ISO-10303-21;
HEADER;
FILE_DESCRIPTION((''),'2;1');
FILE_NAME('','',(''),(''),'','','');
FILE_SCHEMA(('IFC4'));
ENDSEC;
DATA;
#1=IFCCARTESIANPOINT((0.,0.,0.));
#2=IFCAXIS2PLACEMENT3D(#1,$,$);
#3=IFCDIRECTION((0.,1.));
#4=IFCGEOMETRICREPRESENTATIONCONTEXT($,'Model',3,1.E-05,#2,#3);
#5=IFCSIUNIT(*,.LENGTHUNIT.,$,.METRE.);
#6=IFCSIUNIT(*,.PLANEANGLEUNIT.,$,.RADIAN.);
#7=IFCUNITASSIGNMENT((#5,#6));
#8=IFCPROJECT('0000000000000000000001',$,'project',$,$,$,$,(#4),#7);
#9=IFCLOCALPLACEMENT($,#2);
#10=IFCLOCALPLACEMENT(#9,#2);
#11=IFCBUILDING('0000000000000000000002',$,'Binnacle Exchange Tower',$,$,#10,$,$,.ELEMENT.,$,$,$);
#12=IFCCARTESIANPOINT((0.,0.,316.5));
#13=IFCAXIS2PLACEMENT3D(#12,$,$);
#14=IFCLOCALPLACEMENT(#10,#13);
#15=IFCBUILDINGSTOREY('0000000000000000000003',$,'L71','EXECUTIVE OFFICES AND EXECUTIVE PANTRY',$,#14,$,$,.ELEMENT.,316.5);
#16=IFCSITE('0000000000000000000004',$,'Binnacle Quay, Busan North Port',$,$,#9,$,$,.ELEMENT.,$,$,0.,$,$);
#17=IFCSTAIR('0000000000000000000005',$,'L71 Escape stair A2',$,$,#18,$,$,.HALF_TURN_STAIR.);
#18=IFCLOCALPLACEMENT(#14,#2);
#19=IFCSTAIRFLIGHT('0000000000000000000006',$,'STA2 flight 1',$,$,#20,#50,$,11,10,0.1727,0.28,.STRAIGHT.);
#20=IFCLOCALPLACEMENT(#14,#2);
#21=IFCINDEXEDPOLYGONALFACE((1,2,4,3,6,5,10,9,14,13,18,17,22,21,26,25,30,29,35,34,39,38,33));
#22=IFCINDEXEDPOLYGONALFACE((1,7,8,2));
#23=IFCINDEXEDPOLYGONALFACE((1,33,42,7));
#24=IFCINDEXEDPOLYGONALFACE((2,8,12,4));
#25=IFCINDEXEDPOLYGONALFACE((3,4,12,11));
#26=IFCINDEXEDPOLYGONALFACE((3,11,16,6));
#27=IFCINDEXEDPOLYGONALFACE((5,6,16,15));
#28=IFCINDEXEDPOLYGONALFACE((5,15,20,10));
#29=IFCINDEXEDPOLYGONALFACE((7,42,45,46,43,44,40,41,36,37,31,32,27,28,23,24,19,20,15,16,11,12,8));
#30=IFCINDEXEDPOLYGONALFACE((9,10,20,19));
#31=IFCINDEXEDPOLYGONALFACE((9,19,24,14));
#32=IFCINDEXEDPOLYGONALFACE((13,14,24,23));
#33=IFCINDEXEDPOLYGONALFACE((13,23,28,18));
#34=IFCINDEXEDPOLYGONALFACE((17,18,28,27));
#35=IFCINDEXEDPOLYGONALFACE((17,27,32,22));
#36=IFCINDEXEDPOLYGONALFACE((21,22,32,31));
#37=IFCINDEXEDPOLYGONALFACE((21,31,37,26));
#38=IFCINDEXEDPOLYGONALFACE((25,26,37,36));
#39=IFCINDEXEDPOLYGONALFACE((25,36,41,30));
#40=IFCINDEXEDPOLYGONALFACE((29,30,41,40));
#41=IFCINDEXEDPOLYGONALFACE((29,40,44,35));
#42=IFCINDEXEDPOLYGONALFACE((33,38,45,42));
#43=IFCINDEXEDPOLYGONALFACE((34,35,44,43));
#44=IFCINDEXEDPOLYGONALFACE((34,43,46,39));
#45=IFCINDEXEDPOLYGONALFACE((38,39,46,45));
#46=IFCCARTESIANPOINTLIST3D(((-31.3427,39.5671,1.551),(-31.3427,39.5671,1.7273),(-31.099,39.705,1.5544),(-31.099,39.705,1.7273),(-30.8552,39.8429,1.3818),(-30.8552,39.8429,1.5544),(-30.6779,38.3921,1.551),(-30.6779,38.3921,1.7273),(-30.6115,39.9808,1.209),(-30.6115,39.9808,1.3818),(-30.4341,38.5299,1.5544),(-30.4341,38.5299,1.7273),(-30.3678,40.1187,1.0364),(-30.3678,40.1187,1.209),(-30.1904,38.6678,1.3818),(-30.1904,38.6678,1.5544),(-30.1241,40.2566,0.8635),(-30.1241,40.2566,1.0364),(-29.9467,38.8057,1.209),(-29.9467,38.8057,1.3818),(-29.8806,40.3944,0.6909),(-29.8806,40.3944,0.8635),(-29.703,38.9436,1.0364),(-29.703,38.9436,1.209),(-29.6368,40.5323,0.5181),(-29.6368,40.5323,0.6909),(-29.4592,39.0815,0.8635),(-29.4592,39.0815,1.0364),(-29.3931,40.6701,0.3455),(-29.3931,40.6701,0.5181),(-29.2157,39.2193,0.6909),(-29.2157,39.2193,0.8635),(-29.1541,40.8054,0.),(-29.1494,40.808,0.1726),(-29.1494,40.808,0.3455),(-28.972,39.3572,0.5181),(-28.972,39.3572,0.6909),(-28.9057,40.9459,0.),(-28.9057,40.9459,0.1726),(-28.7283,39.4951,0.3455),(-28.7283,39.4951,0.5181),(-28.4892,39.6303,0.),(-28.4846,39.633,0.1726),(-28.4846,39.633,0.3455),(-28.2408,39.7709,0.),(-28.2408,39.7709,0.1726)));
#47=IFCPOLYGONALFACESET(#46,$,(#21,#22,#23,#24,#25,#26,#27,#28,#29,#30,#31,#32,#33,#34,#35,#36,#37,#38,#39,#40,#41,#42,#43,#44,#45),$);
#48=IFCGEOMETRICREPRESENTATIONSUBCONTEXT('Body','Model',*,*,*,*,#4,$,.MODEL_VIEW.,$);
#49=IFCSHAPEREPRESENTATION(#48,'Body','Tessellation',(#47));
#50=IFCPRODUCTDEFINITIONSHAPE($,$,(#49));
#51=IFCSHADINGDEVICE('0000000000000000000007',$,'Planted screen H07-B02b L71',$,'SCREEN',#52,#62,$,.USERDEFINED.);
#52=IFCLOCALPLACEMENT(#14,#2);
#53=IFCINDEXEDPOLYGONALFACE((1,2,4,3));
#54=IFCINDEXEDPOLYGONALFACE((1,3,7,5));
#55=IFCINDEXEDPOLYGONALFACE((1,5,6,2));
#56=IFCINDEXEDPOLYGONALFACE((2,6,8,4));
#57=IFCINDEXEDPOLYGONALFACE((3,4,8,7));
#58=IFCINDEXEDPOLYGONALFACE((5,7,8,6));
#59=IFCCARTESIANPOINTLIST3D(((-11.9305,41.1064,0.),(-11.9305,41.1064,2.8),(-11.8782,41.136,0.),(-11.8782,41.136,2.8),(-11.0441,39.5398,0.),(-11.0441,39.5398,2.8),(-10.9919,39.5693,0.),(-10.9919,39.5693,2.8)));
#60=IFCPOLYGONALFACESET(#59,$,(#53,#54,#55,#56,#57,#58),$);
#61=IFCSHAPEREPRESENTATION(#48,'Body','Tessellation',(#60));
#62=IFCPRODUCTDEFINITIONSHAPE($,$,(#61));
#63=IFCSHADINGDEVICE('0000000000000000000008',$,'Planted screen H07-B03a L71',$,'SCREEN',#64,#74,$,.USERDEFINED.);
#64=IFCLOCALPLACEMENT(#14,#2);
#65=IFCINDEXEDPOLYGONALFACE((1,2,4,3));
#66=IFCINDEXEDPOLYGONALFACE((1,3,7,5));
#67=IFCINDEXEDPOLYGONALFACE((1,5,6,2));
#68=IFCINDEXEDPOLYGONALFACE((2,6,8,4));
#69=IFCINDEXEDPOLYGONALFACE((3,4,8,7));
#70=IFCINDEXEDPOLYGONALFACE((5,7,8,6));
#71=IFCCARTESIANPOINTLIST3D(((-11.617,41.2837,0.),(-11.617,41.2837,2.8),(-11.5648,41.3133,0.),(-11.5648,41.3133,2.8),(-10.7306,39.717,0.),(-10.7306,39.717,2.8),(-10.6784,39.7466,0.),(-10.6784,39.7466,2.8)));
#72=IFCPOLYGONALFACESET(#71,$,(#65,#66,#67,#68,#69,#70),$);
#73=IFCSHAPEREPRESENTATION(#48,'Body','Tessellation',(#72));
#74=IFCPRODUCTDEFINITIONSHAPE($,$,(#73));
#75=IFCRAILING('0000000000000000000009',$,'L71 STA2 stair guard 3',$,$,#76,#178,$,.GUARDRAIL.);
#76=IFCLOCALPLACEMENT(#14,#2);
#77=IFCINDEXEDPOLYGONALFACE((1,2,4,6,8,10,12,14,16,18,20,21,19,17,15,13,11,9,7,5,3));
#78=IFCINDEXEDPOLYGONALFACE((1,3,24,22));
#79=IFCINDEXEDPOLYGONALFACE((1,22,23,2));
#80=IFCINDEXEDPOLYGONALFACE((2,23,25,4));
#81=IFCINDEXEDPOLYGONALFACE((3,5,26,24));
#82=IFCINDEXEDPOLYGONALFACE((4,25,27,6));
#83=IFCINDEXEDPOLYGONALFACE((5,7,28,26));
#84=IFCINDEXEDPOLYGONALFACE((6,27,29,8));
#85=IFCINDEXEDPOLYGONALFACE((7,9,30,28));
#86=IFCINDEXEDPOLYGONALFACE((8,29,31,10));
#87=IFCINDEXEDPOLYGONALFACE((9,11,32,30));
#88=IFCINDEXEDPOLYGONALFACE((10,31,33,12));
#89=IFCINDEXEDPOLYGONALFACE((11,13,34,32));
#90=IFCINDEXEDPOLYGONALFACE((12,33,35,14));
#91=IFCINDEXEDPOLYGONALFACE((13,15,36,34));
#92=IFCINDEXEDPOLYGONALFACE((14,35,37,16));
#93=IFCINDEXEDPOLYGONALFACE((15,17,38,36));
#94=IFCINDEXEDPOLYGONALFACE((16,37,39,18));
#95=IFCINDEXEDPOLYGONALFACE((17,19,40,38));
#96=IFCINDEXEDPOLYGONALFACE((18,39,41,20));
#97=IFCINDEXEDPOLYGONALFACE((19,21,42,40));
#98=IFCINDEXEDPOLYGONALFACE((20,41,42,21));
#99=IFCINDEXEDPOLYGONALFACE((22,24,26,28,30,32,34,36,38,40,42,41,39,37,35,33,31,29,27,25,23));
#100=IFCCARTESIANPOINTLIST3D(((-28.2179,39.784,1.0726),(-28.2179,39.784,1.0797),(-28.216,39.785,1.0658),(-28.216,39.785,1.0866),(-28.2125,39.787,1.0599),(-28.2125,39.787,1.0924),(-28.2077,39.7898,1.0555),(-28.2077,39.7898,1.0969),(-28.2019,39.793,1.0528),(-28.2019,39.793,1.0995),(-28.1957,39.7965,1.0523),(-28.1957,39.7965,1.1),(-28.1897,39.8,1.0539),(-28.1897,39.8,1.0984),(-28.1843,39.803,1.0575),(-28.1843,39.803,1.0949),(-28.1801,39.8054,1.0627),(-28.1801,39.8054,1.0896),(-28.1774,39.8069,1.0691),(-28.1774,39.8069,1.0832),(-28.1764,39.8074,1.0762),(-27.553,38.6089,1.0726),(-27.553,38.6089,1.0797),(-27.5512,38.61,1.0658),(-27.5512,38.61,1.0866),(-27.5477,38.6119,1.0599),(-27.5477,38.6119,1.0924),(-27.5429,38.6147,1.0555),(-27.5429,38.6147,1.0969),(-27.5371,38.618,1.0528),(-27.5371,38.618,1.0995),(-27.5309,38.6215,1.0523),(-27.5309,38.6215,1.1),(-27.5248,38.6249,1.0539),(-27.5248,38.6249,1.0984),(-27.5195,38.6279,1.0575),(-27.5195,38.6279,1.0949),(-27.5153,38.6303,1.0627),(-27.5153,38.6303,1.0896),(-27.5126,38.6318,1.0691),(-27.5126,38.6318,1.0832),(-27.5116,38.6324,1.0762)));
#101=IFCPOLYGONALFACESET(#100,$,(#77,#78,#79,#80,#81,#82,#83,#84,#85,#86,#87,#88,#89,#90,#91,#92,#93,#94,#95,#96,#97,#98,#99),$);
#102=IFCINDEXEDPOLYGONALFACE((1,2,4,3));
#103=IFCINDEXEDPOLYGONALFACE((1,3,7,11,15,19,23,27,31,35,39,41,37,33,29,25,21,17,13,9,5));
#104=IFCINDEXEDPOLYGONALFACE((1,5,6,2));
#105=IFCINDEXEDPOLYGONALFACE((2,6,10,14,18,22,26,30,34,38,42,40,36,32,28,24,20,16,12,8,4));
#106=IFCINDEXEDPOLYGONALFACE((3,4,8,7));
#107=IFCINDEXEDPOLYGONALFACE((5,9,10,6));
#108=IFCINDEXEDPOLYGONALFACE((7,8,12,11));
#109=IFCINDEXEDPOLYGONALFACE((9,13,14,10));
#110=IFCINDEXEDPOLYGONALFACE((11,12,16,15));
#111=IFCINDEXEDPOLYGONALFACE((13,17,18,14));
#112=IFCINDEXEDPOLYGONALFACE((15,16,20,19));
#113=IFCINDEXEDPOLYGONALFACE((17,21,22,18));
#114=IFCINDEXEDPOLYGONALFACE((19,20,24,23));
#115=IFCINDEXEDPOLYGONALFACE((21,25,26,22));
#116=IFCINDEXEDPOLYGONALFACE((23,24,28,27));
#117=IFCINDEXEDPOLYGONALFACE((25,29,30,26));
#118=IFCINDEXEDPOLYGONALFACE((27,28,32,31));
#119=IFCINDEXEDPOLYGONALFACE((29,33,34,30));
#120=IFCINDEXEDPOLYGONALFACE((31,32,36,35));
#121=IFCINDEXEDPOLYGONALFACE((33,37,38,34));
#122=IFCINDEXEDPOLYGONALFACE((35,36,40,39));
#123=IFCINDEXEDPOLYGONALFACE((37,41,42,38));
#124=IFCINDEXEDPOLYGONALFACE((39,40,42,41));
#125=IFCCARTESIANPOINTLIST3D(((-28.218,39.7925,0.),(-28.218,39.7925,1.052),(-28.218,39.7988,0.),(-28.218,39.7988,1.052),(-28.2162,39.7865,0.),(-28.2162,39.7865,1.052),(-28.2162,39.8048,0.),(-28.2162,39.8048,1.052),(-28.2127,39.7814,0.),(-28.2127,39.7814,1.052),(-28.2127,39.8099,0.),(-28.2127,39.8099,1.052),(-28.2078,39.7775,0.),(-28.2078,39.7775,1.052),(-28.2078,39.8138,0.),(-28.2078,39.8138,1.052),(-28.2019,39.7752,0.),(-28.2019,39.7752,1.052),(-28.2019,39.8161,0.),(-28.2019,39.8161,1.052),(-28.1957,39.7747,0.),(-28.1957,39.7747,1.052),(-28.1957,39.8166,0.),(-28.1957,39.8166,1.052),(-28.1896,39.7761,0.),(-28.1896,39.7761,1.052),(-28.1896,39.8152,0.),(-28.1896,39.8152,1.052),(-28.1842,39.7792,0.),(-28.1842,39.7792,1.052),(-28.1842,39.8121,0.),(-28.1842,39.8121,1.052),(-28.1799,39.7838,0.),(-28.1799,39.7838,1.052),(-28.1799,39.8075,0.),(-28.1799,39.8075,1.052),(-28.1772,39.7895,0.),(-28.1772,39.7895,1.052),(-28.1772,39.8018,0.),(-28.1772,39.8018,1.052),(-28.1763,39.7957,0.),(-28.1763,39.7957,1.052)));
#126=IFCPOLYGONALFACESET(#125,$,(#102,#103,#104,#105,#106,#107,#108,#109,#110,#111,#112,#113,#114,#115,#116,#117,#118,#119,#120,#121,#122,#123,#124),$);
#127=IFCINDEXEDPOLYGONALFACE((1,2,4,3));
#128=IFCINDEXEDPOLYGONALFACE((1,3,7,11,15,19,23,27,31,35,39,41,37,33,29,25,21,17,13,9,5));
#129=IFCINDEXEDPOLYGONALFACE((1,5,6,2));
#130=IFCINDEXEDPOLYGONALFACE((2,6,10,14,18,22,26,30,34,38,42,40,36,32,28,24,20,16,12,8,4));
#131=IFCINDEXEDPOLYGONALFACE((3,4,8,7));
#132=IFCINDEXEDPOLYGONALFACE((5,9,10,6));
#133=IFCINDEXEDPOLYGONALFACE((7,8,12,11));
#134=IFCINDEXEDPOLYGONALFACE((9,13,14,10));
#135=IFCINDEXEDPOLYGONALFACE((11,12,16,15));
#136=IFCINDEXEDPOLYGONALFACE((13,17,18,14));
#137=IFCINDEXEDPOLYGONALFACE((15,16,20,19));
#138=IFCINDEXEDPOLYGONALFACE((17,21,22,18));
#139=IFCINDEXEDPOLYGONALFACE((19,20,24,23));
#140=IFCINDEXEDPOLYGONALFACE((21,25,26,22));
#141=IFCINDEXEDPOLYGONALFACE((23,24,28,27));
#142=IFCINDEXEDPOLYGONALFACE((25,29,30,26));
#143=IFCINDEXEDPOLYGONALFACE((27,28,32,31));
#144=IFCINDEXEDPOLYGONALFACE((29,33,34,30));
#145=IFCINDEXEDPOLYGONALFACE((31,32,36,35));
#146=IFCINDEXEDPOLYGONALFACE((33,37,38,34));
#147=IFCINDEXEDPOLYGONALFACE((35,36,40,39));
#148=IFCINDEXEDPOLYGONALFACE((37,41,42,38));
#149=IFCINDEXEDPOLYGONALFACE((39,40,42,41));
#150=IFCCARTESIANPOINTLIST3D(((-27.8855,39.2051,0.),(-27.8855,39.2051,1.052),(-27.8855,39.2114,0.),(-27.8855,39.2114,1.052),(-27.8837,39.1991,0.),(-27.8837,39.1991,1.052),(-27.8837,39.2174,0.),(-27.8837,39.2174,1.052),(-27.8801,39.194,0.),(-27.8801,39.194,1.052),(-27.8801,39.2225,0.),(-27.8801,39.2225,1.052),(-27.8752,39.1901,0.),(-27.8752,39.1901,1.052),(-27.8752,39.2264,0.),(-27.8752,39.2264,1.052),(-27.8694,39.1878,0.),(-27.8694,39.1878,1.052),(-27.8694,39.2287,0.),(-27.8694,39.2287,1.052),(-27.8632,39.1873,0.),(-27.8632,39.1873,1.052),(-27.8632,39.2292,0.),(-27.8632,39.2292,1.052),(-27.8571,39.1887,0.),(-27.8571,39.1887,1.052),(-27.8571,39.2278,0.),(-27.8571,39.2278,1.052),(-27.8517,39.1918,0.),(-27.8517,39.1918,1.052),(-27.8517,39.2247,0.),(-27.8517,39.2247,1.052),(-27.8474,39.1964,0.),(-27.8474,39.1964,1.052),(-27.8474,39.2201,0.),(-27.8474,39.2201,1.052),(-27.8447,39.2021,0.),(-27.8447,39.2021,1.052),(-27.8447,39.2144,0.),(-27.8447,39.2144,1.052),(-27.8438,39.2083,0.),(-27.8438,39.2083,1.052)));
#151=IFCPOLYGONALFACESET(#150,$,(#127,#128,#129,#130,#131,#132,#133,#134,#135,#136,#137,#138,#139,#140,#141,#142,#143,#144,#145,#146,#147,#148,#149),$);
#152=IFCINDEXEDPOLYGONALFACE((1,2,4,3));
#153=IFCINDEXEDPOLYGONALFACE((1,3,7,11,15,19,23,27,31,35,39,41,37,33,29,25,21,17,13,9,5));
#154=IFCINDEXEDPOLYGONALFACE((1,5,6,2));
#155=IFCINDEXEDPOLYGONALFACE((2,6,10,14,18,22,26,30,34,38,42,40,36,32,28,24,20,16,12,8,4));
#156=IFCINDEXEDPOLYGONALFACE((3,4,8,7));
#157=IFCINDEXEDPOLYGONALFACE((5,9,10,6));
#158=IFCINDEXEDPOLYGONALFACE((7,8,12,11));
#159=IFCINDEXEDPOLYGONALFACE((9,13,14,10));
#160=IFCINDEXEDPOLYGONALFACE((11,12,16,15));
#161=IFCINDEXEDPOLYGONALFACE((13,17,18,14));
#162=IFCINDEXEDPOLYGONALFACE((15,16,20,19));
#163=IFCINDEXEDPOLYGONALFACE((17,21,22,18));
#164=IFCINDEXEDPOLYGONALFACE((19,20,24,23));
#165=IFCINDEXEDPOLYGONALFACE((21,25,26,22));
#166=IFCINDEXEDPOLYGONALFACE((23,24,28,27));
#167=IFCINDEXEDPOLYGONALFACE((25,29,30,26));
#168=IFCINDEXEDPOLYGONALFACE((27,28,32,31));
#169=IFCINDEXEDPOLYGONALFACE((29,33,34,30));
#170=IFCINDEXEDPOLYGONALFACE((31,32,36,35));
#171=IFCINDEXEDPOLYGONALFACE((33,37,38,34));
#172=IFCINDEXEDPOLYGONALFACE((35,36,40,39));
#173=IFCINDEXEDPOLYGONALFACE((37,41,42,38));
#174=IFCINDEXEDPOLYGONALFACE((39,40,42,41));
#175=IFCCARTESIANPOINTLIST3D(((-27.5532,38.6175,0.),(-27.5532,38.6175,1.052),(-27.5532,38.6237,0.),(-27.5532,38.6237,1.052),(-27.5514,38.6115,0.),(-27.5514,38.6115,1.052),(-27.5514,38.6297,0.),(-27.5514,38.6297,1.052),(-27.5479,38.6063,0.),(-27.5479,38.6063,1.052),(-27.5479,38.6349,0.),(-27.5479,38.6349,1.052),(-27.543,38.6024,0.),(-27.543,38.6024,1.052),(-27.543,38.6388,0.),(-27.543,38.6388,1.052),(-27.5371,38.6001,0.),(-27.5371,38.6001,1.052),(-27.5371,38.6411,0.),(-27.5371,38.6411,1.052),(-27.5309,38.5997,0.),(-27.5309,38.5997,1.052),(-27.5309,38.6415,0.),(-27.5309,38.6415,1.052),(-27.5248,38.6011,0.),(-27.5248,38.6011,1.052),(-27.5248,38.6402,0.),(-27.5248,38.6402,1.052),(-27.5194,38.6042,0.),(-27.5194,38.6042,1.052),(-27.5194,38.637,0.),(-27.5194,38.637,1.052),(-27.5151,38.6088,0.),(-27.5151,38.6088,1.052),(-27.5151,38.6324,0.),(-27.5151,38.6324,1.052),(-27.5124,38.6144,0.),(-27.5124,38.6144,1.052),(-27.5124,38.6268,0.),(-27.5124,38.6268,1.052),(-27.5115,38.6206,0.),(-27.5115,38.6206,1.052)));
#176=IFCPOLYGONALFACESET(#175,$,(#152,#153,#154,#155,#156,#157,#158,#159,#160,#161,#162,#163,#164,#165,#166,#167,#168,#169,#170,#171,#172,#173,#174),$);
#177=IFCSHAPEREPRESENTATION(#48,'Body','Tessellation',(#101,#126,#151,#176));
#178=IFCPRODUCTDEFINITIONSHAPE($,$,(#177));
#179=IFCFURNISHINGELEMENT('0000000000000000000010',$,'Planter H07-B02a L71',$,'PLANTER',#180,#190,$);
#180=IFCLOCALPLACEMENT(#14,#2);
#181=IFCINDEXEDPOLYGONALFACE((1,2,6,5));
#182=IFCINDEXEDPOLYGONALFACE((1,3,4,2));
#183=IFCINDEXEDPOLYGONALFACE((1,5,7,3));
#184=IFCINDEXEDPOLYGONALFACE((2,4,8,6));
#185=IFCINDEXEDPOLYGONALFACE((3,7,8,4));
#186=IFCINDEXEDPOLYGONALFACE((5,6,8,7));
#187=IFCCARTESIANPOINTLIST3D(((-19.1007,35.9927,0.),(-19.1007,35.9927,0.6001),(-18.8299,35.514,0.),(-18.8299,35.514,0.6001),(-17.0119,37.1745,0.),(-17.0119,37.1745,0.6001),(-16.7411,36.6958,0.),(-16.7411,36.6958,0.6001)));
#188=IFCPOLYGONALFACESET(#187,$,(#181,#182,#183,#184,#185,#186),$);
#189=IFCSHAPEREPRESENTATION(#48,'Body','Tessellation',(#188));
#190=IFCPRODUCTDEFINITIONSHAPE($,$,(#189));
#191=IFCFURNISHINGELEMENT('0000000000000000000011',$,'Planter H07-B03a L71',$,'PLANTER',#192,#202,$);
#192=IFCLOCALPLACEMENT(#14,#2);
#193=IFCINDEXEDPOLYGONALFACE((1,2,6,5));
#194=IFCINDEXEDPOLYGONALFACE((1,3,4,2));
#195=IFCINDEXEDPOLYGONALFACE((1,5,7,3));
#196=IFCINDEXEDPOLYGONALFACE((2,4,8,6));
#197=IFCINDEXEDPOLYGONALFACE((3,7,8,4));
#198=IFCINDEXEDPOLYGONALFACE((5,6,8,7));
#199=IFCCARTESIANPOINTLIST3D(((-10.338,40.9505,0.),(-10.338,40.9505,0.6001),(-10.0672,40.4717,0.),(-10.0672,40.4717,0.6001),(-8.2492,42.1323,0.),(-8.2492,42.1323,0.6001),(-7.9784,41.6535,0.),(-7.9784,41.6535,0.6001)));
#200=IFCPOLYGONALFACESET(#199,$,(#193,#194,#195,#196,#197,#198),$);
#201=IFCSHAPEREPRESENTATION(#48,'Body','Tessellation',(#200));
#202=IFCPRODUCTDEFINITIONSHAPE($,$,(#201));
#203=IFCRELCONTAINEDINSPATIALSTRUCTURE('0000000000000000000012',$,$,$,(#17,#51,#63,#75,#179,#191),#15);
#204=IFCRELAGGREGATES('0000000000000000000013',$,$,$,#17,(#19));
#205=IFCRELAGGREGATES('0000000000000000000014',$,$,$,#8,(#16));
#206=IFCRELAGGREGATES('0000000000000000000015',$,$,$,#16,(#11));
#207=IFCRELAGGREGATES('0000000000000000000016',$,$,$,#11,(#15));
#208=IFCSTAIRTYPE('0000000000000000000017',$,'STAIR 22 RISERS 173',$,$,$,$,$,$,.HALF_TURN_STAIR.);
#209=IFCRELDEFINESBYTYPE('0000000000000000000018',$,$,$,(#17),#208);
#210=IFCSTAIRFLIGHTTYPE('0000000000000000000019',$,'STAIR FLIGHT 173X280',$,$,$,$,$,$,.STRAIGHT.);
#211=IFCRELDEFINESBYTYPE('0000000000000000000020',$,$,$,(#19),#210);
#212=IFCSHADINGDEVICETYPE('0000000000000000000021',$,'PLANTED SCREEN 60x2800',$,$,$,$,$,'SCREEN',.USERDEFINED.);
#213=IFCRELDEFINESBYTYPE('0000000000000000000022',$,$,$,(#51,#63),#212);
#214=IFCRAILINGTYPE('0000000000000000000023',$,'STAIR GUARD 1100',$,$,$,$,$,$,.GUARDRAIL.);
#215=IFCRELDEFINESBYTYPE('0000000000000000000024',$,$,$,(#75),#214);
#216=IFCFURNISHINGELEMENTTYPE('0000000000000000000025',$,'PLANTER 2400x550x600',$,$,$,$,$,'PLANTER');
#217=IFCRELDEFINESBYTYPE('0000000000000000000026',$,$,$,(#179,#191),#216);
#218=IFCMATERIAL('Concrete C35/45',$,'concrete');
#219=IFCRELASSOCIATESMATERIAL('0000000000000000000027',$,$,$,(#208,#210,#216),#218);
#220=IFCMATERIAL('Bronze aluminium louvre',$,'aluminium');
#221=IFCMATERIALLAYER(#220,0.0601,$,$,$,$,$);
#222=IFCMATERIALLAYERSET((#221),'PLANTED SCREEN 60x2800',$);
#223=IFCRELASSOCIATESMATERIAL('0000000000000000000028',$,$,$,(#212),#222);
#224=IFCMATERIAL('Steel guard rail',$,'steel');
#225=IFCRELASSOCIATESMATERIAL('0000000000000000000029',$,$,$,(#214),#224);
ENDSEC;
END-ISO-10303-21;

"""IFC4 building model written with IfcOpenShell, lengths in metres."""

from ifc_helpers import new_model, si_unit, direction, frame, origin, origin_2d, place, context, subcontext, project, spatial, polyline, rectangle, circle, outline, extrude, material, layer, layer_set, type_object, element, aggregate, save


model = new_model("IFC4")

# Units and contexts
model_context = context("Model", 3, precision=1e-05, world=origin(), true_north=direction((0.0, 1.0)))
body_context = subcontext(model_context, "Body", "Model", "MODEL_VIEW")
ifc_project = project(units=[si_unit("LENGTHUNIT", "METRE"), si_unit("PLANEANGLEUNIT", "RADIAN")], contexts=[model_context])

# Site, building, storey
site_placement = place(None, origin())
site = spatial("IfcSite", under=ifc_project, at=site_placement, Name="Binnacle Quay, Busan North Port", CompositionType="ELEMENT", RefElevation=0.0)
building_placement = place(site_placement, origin())
building = spatial("IfcBuilding", under=site, at=building_placement, Name="Binnacle Exchange Tower", CompositionType="ELEMENT")
storey_placement = place(building_placement, frame((0.0, 0.0, 316.5)))
storey = spatial("IfcBuildingStorey", under=building, at=storey_placement, Name="L71", Description="EXECUTIVE OFFICES AND EXECUTIVE PANTRY", CompositionType="ELEMENT", Elevation=316.5)

# Stair, stair flight
ifc_material_1 = material(Name="Concrete C35/45", Category="concrete")
stair_type = type_object("IfcStairType", Name="STAIR 22 RISERS 173", PredefinedType="HALF_TURN_STAIR", material=ifc_material_1)
stair_placement = place(storey_placement, origin())
stair = element("IfcStair", 1, at=stair_placement, inside=storey, type_object=stair_type, Name="L71 Escape stair A2", PredefinedType="HALF_TURN_STAIR")
stair_flight_type = type_object("IfcStairFlightType", Name="STAIR FLIGHT 173X280", PredefinedType="STRAIGHT", material=ifc_material_1)
stair_flight_placement = place(storey_placement, frame((-28.5732, 40.3584, 0.0), z_axis=(0.0, 0.0, 1.0), x_axis=(-0.870356, -0.492424, 0.0)))
stair_flight = element("IfcStairFlight", 2, at=stair_flight_placement, type_object=stair_flight_type, Name="STA2 flight 1", NumberOfRisers=11, NumberOfTreads=10, PredefinedType="STRAIGHT", RiserHeight=0.1727, TreadLength=0.28, context=body_context, shape_type="SweptSolid", body=[
    extrude(outline(polyline([(0.0, 0.0), (0.0, 0.1726), (0.28, 0.1726), (0.28, 0.3455), (0.5601, 0.3455), (0.5601, 0.5181), (0.8401, 0.5181), (0.8401, 0.6909), (1.1201, 0.6909), (1.1201, 0.8635), (1.3999, 0.8635), (1.3999, 1.0364), (1.6799, 1.0364), (1.6799, 1.209), (1.96, 1.209), (1.96, 1.3818), (2.24, 1.3818), (2.24, 1.5544), (2.52, 1.5544), (2.52, 1.7273), (2.8, 1.7273), (2.8, 1.8999), (2.8, 1.551), (0.2854, 0.0), (0.0, 0.0)])), frame((0.0, 0.675, 0.0), z_axis=(0.0, -1.0, 0.0), x_axis=(1.0, 0.0, 0.0)), (0.0, 0.0, 1.0), 1.3501),
])
aggregate(stair, [stair_flight])

# Shading devices
ifc_material_2 = material(Name="Bronze aluminium louvre", Category="aluminium")
ifc_layer_1 = layer(ifc_material_2, 0.0601)
ifc_layer_set_1 = layer_set([ifc_layer_1], Name="PLANTED SCREEN 60x2800")
shading_device_type = type_object("IfcShadingDeviceType", Name="PLANTED SCREEN 60x2800", ElementType="SCREEN", PredefinedType="USERDEFINED", material=ifc_layer_set_1)
for number, where, z_axis, x_axis, name in (
    (3, (-11.4612, 40.3379, 0.0), (0.0, 0.0, 1.0), (0.870356, 0.492424, 0.0), "Planted screen H07-B02b L71"),
    (4, (-11.1477, 40.5151, 0.0), (0.0, 0.0, 1.0), (0.870356, 0.492424, 0.0), "Planted screen H07-B03a L71"),
):
    element("IfcShadingDevice", number, at=place(storey_placement, frame(where, z_axis=z_axis, x_axis=x_axis)), inside=storey, type_object=shading_device_type, Name=name, ObjectType="SCREEN", PredefinedType="USERDEFINED", context=body_context, shape_type="SweptSolid", body=[
        extrude(rectangle(XDim=0.0601, YDim=1.8, at=origin_2d()), origin(), (0.0, 0.0, 1.0), 2.8),
    ])

# Railing
ifc_material_3 = material(Name="Steel guard rail", Category="steel")
railing_type_1 = type_object("IfcRailingType", Name="STAIR GUARD 1100", PredefinedType="GUARDRAIL", material=ifc_material_3)
railing_1_placement = place(storey_placement, frame((-28.1973, 39.7957, 0.0)))
element("IfcRailing", 5, at=railing_1_placement, inside=storey, type_object=railing_type_1, Name="L71 STA2 stair guard 3", PredefinedType="GUARDRAIL", context=body_context, shape_type="SweptSolid", body=[
    extrude(circle(Radius=0.0239, at=origin_2d()), frame((0.0, 0.0, 1.0762), z_axis=(0.492415, -0.870361, 0.0), x_axis=(0.870361, 0.492415, 0.0)), (0.0, 0.0, 1.0), 1.3501),
    extrude(circle(Radius=0.021, at=origin_2d()), origin(), (0.0, 0.0, 1.0), 1.052),
    extrude(circle(Radius=0.021, at=origin_2d()), frame((0.3325, -0.5874, 0.0)), (0.0, 0.0, 1.0), 1.052),
    extrude(circle(Radius=0.021, at=origin_2d()), frame((0.6648, -1.175, 0.0)), (0.0, 0.0, 1.0), 1.052),
])

# Furnishing elements
furnishing_element_type = type_object("IfcFurnishingElementType", Name="PLANTER 2400x550x600", ElementType="PLANTER", material=ifc_material_1)
for number, where, z_axis, x_axis, name in (
    (6, (-17.9209, 36.3442, 0.0), (0.0, 0.0, 1.0), (0.870356, 0.492424, 0.0), "Planter H07-B02a L71"),
    (7, (-9.1582, 41.302, 0.0), (0.0, 0.0, 1.0), (0.870356, 0.492424, 0.0), "Planter H07-B03a L71"),
):
    element("IfcFurnishingElement", number, at=place(storey_placement, frame(where, z_axis=z_axis, x_axis=x_axis)), inside=storey, type_object=furnishing_element_type, Name=name, ObjectType="PLANTER", context=body_context, shape_type="SweptSolid", body=[
        extrude(rectangle(XDim=2.3999, YDim=0.55, at=origin_2d()), origin(), (0.0, 0.0, 1.0), 0.6001),
    ])

save(model, "model.ifc")
